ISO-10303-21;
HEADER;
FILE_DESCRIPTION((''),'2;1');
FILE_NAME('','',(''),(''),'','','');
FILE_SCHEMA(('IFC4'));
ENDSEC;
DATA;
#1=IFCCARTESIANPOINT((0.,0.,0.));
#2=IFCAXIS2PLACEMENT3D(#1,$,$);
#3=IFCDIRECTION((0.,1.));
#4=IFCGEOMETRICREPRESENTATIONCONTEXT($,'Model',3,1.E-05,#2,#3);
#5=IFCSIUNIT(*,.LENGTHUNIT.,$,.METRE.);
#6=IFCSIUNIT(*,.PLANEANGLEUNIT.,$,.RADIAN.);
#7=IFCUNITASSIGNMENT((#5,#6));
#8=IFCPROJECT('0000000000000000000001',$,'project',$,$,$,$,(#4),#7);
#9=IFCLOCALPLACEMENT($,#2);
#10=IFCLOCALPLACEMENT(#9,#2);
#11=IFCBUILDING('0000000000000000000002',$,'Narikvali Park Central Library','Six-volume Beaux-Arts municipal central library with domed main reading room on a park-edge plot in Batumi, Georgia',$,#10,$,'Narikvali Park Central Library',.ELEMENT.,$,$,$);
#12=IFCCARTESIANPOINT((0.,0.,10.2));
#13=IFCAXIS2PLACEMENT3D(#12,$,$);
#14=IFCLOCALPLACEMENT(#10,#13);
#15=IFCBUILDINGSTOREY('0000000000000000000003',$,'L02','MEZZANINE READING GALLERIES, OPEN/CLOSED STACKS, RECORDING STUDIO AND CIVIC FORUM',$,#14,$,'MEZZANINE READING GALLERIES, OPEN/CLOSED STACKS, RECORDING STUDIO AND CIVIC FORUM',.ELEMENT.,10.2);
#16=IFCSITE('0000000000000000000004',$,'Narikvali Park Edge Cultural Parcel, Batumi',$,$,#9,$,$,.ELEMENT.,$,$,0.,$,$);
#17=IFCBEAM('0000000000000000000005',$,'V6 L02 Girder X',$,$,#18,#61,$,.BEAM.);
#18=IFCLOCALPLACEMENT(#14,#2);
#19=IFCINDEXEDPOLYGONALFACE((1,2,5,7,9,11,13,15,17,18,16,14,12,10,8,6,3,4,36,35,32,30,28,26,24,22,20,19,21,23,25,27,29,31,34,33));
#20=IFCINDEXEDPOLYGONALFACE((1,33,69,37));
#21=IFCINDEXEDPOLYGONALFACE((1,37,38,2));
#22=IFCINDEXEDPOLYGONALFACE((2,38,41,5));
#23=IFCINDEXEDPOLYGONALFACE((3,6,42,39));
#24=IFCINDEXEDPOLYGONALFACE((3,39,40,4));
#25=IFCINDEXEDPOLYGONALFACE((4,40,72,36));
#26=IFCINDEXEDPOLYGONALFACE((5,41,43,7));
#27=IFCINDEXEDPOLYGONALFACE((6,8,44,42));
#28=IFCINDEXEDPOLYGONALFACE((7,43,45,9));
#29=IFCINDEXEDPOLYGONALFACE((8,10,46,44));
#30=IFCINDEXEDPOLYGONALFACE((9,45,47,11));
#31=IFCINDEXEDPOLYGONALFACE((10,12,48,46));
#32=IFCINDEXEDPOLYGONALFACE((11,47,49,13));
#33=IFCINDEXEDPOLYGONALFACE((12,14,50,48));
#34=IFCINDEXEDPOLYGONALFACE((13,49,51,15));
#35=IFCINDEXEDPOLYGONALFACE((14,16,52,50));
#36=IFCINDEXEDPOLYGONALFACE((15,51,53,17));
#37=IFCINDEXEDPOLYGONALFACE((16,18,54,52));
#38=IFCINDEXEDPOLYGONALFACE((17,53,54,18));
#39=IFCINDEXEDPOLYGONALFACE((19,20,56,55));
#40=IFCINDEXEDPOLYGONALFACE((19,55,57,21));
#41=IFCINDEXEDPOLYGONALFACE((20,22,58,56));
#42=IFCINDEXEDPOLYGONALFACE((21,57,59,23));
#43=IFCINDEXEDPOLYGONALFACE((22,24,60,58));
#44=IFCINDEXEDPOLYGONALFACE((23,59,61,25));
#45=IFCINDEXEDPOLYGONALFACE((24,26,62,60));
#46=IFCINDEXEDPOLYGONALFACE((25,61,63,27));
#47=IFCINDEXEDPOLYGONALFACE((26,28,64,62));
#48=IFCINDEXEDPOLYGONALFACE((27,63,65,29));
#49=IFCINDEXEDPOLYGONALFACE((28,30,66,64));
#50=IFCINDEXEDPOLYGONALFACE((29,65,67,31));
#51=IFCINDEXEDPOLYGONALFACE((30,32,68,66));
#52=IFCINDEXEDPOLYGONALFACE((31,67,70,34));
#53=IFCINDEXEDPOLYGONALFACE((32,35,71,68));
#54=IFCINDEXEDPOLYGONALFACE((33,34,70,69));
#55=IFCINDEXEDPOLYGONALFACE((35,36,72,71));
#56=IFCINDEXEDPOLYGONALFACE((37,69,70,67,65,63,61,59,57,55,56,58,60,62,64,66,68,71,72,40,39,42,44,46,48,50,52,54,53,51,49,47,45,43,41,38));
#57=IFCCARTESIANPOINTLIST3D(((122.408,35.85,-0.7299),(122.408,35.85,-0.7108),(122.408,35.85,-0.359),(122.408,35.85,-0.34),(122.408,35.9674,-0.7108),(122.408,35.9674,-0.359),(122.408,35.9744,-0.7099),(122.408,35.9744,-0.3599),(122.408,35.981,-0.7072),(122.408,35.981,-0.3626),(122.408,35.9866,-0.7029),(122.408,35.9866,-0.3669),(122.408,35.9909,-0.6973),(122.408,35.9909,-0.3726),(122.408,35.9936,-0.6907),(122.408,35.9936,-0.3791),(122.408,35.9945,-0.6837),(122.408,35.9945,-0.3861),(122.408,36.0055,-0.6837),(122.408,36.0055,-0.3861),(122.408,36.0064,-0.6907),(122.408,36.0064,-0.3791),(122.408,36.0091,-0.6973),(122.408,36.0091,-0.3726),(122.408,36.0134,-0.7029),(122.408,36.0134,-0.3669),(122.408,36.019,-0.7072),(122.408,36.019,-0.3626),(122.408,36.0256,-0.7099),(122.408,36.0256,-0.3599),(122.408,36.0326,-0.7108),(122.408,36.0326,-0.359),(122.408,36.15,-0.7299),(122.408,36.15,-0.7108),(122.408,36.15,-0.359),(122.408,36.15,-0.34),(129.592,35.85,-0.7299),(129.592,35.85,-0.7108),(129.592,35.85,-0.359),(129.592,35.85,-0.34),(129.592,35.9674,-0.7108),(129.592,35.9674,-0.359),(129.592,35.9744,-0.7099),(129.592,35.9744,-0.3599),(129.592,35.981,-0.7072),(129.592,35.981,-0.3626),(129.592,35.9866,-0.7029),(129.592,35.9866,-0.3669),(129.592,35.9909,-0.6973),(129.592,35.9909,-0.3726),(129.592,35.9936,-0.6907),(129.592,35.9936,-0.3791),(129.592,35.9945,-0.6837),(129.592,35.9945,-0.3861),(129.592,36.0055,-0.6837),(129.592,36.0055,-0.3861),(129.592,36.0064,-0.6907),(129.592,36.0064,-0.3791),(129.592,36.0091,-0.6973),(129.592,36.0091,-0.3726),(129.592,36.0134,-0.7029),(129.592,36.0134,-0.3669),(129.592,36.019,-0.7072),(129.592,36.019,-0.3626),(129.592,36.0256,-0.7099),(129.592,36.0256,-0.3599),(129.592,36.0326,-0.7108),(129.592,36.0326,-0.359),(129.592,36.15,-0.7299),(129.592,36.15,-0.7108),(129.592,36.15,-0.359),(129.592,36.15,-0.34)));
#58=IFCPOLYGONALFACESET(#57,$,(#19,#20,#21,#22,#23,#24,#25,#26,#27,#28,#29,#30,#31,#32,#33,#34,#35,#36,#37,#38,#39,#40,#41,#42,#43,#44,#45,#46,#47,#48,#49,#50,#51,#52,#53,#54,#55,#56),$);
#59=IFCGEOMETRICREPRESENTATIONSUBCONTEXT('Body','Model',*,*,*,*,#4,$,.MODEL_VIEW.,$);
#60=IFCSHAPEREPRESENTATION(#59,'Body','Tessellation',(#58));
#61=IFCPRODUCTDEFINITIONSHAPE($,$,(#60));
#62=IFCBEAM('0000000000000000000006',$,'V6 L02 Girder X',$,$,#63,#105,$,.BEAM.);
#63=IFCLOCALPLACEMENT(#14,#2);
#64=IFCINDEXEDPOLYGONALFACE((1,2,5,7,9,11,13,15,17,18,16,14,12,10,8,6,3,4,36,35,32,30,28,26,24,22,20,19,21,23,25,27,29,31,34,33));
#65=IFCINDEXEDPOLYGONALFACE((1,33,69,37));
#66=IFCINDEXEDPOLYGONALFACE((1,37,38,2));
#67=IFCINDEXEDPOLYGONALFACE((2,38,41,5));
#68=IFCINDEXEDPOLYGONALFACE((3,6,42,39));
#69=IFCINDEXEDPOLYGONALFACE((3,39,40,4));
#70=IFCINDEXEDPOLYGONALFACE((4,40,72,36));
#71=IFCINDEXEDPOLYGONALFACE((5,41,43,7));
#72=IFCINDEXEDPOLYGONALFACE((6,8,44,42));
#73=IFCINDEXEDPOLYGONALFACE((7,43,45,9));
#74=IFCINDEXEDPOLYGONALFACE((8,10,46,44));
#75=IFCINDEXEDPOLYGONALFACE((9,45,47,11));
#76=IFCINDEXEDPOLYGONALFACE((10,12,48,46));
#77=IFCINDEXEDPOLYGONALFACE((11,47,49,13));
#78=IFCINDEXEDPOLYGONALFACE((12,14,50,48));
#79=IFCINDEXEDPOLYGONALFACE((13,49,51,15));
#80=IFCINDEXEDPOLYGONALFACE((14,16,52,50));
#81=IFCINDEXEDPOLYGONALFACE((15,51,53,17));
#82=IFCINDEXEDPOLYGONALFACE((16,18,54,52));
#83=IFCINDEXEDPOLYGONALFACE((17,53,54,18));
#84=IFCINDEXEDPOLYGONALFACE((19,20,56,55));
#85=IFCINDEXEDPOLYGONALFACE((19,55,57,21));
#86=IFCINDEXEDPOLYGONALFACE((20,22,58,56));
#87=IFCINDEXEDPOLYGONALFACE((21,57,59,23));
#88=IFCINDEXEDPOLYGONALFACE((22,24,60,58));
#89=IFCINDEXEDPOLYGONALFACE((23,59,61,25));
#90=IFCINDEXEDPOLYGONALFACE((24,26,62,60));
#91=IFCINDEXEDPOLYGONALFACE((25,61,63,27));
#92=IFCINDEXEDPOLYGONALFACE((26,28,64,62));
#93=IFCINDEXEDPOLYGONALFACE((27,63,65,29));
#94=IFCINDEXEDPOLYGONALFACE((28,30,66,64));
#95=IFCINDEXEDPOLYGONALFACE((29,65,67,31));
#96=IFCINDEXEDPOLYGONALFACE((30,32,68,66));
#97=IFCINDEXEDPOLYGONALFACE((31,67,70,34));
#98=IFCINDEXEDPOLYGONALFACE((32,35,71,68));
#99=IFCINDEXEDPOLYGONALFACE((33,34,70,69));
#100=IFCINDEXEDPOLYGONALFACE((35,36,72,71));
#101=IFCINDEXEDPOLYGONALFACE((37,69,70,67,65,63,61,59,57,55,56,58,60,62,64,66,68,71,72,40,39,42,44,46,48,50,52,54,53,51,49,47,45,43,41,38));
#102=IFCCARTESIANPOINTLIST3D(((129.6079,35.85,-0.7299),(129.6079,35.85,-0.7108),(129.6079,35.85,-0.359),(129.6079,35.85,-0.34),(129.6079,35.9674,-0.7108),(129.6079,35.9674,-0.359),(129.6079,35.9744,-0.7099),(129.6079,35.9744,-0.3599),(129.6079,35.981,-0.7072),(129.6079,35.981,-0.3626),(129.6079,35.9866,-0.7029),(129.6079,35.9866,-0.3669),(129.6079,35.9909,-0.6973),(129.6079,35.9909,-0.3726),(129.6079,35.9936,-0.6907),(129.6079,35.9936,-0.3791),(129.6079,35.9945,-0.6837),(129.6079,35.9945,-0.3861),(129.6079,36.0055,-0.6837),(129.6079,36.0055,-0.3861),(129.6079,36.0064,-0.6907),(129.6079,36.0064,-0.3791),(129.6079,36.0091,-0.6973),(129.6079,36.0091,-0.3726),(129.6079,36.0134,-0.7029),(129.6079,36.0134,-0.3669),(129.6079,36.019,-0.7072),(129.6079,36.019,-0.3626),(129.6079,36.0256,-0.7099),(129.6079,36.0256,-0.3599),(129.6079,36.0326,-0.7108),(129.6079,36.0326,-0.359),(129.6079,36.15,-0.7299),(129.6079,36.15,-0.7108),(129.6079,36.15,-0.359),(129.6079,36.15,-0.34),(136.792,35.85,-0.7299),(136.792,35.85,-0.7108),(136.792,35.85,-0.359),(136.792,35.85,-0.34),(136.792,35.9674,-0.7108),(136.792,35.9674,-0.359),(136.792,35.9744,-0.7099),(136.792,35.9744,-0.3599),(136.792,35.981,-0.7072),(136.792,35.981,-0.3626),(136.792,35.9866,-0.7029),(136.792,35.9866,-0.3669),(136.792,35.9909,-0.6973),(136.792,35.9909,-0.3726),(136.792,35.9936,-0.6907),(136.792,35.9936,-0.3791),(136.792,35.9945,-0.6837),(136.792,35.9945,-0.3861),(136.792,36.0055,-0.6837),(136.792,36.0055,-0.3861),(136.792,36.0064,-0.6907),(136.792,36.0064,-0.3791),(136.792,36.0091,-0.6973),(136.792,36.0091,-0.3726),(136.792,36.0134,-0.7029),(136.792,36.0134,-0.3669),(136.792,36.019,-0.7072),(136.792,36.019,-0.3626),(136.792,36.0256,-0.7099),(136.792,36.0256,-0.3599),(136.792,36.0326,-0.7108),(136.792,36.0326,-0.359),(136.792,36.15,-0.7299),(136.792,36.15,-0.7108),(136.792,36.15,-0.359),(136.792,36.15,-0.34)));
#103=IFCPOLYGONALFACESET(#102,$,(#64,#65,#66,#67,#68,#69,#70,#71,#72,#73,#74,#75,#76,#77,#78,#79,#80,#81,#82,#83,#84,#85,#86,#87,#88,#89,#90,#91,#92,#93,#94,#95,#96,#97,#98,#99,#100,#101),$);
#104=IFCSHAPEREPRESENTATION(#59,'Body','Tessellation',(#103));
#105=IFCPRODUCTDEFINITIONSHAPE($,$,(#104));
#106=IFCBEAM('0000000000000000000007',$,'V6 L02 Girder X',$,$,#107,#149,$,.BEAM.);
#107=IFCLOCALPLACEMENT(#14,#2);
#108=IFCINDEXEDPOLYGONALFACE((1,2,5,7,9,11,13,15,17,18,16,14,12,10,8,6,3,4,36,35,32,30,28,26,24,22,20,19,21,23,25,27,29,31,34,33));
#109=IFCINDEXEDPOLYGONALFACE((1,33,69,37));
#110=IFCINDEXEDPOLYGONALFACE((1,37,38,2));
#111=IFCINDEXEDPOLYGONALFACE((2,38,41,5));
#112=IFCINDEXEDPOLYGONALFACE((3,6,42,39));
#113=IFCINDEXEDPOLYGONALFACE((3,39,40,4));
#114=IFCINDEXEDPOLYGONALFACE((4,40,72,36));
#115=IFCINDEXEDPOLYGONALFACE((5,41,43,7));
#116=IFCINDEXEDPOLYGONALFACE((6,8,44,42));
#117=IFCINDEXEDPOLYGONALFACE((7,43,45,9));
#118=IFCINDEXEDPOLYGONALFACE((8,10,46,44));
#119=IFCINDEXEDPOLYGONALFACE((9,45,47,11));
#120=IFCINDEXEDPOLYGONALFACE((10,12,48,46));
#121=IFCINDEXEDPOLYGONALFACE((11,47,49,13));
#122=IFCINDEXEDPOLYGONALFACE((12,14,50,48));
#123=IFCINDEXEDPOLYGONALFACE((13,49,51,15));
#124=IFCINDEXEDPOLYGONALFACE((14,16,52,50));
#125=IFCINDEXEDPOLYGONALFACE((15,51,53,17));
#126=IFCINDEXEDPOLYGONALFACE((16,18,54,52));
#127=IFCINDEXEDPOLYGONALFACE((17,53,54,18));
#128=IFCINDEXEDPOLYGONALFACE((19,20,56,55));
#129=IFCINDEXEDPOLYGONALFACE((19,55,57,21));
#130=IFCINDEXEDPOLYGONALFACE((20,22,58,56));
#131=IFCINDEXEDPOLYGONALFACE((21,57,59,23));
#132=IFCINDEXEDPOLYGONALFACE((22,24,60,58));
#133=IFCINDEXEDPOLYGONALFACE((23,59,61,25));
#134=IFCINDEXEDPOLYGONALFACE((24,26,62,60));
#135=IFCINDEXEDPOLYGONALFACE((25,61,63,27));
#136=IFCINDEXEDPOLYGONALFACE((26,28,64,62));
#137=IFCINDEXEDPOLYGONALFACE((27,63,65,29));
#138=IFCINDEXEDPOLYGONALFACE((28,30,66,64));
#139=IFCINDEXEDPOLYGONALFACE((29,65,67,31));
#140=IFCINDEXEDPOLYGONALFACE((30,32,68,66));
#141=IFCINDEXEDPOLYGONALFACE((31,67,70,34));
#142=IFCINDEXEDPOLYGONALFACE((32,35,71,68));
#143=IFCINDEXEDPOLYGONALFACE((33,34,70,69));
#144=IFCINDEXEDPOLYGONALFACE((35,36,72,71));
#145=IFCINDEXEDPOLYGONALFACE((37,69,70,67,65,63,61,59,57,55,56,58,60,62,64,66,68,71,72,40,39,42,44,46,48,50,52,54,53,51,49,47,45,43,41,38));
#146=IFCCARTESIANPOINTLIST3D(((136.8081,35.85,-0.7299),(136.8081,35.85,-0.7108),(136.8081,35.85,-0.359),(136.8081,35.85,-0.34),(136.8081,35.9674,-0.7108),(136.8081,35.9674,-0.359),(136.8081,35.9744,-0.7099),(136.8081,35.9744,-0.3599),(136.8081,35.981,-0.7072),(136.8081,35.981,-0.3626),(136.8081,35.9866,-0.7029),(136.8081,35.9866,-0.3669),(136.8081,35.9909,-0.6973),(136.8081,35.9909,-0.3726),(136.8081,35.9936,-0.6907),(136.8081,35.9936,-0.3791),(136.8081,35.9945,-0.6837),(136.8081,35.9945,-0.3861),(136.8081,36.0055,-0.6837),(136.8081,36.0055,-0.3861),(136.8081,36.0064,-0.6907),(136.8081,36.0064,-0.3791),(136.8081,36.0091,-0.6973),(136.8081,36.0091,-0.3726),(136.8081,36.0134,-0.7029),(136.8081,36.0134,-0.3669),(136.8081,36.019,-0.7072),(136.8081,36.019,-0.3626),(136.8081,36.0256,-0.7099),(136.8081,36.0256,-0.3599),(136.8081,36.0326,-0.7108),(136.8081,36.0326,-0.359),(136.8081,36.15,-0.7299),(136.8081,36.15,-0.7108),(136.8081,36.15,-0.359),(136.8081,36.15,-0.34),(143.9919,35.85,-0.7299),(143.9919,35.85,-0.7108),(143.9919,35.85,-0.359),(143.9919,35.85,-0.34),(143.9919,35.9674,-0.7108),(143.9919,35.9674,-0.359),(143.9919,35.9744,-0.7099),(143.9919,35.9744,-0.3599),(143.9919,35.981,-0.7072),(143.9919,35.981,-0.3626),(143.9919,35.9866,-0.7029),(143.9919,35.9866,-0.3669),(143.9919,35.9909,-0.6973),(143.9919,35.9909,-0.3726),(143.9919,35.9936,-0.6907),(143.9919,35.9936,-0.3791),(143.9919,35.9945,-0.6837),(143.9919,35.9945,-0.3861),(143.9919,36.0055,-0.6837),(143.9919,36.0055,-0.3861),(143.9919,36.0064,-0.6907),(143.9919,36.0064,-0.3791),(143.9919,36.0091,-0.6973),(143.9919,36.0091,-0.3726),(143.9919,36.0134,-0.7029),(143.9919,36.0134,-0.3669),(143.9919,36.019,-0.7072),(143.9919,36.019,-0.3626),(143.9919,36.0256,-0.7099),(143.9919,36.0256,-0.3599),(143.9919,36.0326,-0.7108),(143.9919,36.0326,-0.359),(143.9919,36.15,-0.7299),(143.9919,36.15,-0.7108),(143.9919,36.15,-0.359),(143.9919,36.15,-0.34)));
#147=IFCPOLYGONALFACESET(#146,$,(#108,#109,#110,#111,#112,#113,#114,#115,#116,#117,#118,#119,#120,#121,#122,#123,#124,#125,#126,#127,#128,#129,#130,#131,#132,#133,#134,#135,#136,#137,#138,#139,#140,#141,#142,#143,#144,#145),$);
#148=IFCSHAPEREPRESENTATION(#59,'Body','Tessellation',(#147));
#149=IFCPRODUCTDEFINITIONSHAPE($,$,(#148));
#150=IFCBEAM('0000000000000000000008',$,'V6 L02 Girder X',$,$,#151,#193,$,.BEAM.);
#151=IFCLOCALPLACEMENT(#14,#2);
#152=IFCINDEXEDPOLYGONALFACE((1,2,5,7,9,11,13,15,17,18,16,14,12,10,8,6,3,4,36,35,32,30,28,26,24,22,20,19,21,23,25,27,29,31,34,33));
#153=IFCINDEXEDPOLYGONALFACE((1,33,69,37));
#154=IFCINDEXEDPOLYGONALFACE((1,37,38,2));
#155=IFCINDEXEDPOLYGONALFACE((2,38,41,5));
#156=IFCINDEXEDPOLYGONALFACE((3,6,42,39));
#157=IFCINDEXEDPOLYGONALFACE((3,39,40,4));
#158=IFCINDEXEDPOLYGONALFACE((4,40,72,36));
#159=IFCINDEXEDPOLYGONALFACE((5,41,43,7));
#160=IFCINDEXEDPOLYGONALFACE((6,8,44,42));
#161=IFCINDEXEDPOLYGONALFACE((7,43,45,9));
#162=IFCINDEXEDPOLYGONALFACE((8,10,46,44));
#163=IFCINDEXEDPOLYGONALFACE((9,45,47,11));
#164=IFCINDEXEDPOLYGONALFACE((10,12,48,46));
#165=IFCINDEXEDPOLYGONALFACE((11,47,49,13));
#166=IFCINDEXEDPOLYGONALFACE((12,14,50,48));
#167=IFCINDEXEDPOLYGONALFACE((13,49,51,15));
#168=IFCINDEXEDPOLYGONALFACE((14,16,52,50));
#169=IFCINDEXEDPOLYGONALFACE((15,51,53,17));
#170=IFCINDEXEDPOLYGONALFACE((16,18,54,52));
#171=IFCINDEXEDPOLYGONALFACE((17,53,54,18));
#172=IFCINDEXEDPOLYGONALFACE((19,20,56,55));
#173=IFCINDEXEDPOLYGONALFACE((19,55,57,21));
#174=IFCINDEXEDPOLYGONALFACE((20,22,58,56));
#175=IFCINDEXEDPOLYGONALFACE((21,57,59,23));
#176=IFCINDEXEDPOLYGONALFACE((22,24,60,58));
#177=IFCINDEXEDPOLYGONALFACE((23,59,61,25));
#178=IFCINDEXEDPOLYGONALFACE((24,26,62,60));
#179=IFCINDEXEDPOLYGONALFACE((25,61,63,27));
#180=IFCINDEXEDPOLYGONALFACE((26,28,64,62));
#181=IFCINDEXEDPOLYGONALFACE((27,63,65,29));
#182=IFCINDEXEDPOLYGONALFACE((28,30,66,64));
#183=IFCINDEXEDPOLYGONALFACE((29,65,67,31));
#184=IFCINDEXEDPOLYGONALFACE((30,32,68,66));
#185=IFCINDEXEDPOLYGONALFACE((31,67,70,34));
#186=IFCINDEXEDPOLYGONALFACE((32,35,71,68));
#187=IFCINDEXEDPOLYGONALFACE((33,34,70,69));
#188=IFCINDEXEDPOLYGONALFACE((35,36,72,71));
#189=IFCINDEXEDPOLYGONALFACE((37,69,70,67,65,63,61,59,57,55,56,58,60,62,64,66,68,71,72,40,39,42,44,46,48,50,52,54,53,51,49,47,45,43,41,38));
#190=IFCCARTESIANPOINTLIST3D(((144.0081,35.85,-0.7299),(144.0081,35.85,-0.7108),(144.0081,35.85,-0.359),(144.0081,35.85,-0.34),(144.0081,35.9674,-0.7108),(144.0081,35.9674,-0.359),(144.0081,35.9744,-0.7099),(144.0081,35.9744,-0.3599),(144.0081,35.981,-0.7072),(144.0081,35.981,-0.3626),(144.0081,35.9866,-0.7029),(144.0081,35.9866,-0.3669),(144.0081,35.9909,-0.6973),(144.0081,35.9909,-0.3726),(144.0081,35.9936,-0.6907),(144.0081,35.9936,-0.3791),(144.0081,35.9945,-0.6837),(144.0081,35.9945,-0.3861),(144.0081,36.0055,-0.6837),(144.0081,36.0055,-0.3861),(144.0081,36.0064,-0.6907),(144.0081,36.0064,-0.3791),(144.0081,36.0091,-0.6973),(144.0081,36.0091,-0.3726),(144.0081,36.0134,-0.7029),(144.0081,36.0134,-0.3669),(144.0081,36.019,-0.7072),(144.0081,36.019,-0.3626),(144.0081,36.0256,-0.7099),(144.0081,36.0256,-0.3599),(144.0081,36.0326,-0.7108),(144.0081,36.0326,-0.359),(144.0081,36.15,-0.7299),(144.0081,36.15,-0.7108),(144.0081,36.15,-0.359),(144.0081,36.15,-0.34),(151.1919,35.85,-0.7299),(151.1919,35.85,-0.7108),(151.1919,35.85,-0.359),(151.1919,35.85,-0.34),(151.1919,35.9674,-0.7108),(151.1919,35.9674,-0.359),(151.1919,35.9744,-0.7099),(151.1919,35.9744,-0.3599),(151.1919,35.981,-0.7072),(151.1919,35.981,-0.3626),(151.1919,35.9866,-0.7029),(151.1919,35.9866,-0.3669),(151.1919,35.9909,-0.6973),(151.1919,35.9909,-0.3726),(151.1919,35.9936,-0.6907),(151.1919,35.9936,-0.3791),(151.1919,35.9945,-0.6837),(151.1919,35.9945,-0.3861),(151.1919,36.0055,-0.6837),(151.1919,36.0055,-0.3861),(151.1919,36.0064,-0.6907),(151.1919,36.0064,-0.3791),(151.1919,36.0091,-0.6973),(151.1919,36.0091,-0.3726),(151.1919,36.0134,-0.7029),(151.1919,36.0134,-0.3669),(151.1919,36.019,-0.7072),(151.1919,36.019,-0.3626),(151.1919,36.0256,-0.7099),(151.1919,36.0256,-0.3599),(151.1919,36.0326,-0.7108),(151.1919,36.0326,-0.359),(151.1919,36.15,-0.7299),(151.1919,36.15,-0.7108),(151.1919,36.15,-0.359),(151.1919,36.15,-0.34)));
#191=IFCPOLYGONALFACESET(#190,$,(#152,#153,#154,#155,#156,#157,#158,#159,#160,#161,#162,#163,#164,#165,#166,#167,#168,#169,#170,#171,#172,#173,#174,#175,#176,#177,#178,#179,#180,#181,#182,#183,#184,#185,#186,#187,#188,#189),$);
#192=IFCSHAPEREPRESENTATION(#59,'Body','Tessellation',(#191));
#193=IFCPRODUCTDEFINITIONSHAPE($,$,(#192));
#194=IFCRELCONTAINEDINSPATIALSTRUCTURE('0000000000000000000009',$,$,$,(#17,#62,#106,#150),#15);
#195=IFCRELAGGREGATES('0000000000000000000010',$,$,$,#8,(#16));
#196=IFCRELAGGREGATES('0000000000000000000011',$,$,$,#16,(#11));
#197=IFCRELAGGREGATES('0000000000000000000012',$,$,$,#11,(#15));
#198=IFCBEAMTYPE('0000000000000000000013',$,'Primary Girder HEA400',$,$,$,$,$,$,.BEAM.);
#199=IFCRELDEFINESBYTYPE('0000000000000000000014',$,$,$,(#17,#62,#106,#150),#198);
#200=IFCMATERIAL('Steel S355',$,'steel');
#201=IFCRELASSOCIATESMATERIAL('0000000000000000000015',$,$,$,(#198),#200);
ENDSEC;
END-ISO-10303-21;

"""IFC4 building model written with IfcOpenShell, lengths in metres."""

from ifc_helpers import new_model, si_unit, direction, frame, origin, origin_2d, place, context, subcontext, project, spatial, i_section, extrude, material, material_profile, profile_set, type_object, element, save


model = new_model("IFC4")

# Units and contexts
model_context = context("Model", 3, precision=1e-05, world=origin(), true_north=direction((0.0, 1.0)))
body_context = subcontext(model_context, "Body", "Model", "MODEL_VIEW")
ifc_project = project(units=[si_unit("LENGTHUNIT", "METRE"), si_unit("PLANEANGLEUNIT", "RADIAN")], contexts=[model_context])

# Site, building, storey
site_placement = place(None, origin())
site = spatial("IfcSite", under=ifc_project, at=site_placement, Name="Narikvali Park Edge Cultural Parcel, Batumi", CompositionType="ELEMENT", RefElevation=0.0)
building_placement = place(site_placement, origin())
building = spatial("IfcBuilding", under=site, at=building_placement, Name="Narikvali Park Central Library", Description="Six-volume Beaux-Arts municipal central library with domed main reading room on a park-edge plot in Batumi, Georgia", LongName="Narikvali Park Central Library", CompositionType="ELEMENT")
storey_placement = place(building_placement, frame((0.0, 0.0, 10.2)))
storey = spatial("IfcBuildingStorey", under=building, at=storey_placement, Name="L02", Description="MEZZANINE READING GALLERIES, OPEN/CLOSED STACKS, RECORDING STUDIO AND CIVIC FORUM", LongName="MEZZANINE READING GALLERIES, OPEN/CLOSED STACKS, RECORDING STUDIO AND CIVIC FORUM", CompositionType="ELEMENT", Elevation=10.2)

# Beams
ifc_material_1 = material(Name="Steel S355", Category="steel")
ifc_material_profile_1 = material_profile(ifc_material_1, i_section(OverallWidth=0.3, OverallDepth=0.3899, WebThickness=0.011, FlangeThickness=0.019, FilletRadius=0.0271, at=origin_2d()), Name="HEA 400")
ifc_profile_set_1 = profile_set([ifc_material_profile_1], Name="Steel S355")
beam_type_1 = type_object("IfcBeamType", Name="Primary Girder HEA400", PredefinedType="BEAM", material=ifc_profile_set_1)
for number, where, z_axis, x_axis, name in (
    (1, (122.408, 36.0, -0.5349), (1.0, 0.0, 0.0), (0.0, 1.0, 0.0), "V6 L02 Girder X"),
    (2, (129.6079, 36.0, -0.5349), (1.0, 0.0, 0.0), (0.0, 1.0, 0.0), "V6 L02 Girder X"),
):
    element("IfcBeam", number, at=place(storey_placement, frame(where, z_axis=z_axis, x_axis=x_axis)), inside=storey, type_object=beam_type_1, Name=name, PredefinedType="BEAM", context=body_context, shape_type="SweptSolid", body=[
        extrude(i_section(OverallWidth=0.3, OverallDepth=0.3899, WebThickness=0.011, FlangeThickness=0.019, FilletRadius=0.0271, at=origin_2d()), origin(), (0.0, 0.0, 1.0), 7.1841),
    ])
for number, where, z_axis, x_axis, name in (
    (3, (136.8081, 36.0, -0.5349), (1.0, 0.0, 0.0), (0.0, 1.0, 0.0), "V6 L02 Girder X"),
    (4, (144.0081, 36.0, -0.5349), (1.0, 0.0, 0.0), (0.0, 1.0, 0.0), "V6 L02 Girder X"),
):
    element("IfcBeam", number, at=place(storey_placement, frame(where, z_axis=z_axis, x_axis=x_axis)), inside=storey, type_object=beam_type_1, Name=name, PredefinedType="BEAM", context=body_context, shape_type="SweptSolid", body=[
        extrude(i_section(OverallWidth=0.3, OverallDepth=0.3899, WebThickness=0.011, FlangeThickness=0.019, FilletRadius=0.0271, at=origin_2d()), origin(), (0.0, 0.0, 1.0), 7.1838),
    ])

save(model, "model.ifc")
